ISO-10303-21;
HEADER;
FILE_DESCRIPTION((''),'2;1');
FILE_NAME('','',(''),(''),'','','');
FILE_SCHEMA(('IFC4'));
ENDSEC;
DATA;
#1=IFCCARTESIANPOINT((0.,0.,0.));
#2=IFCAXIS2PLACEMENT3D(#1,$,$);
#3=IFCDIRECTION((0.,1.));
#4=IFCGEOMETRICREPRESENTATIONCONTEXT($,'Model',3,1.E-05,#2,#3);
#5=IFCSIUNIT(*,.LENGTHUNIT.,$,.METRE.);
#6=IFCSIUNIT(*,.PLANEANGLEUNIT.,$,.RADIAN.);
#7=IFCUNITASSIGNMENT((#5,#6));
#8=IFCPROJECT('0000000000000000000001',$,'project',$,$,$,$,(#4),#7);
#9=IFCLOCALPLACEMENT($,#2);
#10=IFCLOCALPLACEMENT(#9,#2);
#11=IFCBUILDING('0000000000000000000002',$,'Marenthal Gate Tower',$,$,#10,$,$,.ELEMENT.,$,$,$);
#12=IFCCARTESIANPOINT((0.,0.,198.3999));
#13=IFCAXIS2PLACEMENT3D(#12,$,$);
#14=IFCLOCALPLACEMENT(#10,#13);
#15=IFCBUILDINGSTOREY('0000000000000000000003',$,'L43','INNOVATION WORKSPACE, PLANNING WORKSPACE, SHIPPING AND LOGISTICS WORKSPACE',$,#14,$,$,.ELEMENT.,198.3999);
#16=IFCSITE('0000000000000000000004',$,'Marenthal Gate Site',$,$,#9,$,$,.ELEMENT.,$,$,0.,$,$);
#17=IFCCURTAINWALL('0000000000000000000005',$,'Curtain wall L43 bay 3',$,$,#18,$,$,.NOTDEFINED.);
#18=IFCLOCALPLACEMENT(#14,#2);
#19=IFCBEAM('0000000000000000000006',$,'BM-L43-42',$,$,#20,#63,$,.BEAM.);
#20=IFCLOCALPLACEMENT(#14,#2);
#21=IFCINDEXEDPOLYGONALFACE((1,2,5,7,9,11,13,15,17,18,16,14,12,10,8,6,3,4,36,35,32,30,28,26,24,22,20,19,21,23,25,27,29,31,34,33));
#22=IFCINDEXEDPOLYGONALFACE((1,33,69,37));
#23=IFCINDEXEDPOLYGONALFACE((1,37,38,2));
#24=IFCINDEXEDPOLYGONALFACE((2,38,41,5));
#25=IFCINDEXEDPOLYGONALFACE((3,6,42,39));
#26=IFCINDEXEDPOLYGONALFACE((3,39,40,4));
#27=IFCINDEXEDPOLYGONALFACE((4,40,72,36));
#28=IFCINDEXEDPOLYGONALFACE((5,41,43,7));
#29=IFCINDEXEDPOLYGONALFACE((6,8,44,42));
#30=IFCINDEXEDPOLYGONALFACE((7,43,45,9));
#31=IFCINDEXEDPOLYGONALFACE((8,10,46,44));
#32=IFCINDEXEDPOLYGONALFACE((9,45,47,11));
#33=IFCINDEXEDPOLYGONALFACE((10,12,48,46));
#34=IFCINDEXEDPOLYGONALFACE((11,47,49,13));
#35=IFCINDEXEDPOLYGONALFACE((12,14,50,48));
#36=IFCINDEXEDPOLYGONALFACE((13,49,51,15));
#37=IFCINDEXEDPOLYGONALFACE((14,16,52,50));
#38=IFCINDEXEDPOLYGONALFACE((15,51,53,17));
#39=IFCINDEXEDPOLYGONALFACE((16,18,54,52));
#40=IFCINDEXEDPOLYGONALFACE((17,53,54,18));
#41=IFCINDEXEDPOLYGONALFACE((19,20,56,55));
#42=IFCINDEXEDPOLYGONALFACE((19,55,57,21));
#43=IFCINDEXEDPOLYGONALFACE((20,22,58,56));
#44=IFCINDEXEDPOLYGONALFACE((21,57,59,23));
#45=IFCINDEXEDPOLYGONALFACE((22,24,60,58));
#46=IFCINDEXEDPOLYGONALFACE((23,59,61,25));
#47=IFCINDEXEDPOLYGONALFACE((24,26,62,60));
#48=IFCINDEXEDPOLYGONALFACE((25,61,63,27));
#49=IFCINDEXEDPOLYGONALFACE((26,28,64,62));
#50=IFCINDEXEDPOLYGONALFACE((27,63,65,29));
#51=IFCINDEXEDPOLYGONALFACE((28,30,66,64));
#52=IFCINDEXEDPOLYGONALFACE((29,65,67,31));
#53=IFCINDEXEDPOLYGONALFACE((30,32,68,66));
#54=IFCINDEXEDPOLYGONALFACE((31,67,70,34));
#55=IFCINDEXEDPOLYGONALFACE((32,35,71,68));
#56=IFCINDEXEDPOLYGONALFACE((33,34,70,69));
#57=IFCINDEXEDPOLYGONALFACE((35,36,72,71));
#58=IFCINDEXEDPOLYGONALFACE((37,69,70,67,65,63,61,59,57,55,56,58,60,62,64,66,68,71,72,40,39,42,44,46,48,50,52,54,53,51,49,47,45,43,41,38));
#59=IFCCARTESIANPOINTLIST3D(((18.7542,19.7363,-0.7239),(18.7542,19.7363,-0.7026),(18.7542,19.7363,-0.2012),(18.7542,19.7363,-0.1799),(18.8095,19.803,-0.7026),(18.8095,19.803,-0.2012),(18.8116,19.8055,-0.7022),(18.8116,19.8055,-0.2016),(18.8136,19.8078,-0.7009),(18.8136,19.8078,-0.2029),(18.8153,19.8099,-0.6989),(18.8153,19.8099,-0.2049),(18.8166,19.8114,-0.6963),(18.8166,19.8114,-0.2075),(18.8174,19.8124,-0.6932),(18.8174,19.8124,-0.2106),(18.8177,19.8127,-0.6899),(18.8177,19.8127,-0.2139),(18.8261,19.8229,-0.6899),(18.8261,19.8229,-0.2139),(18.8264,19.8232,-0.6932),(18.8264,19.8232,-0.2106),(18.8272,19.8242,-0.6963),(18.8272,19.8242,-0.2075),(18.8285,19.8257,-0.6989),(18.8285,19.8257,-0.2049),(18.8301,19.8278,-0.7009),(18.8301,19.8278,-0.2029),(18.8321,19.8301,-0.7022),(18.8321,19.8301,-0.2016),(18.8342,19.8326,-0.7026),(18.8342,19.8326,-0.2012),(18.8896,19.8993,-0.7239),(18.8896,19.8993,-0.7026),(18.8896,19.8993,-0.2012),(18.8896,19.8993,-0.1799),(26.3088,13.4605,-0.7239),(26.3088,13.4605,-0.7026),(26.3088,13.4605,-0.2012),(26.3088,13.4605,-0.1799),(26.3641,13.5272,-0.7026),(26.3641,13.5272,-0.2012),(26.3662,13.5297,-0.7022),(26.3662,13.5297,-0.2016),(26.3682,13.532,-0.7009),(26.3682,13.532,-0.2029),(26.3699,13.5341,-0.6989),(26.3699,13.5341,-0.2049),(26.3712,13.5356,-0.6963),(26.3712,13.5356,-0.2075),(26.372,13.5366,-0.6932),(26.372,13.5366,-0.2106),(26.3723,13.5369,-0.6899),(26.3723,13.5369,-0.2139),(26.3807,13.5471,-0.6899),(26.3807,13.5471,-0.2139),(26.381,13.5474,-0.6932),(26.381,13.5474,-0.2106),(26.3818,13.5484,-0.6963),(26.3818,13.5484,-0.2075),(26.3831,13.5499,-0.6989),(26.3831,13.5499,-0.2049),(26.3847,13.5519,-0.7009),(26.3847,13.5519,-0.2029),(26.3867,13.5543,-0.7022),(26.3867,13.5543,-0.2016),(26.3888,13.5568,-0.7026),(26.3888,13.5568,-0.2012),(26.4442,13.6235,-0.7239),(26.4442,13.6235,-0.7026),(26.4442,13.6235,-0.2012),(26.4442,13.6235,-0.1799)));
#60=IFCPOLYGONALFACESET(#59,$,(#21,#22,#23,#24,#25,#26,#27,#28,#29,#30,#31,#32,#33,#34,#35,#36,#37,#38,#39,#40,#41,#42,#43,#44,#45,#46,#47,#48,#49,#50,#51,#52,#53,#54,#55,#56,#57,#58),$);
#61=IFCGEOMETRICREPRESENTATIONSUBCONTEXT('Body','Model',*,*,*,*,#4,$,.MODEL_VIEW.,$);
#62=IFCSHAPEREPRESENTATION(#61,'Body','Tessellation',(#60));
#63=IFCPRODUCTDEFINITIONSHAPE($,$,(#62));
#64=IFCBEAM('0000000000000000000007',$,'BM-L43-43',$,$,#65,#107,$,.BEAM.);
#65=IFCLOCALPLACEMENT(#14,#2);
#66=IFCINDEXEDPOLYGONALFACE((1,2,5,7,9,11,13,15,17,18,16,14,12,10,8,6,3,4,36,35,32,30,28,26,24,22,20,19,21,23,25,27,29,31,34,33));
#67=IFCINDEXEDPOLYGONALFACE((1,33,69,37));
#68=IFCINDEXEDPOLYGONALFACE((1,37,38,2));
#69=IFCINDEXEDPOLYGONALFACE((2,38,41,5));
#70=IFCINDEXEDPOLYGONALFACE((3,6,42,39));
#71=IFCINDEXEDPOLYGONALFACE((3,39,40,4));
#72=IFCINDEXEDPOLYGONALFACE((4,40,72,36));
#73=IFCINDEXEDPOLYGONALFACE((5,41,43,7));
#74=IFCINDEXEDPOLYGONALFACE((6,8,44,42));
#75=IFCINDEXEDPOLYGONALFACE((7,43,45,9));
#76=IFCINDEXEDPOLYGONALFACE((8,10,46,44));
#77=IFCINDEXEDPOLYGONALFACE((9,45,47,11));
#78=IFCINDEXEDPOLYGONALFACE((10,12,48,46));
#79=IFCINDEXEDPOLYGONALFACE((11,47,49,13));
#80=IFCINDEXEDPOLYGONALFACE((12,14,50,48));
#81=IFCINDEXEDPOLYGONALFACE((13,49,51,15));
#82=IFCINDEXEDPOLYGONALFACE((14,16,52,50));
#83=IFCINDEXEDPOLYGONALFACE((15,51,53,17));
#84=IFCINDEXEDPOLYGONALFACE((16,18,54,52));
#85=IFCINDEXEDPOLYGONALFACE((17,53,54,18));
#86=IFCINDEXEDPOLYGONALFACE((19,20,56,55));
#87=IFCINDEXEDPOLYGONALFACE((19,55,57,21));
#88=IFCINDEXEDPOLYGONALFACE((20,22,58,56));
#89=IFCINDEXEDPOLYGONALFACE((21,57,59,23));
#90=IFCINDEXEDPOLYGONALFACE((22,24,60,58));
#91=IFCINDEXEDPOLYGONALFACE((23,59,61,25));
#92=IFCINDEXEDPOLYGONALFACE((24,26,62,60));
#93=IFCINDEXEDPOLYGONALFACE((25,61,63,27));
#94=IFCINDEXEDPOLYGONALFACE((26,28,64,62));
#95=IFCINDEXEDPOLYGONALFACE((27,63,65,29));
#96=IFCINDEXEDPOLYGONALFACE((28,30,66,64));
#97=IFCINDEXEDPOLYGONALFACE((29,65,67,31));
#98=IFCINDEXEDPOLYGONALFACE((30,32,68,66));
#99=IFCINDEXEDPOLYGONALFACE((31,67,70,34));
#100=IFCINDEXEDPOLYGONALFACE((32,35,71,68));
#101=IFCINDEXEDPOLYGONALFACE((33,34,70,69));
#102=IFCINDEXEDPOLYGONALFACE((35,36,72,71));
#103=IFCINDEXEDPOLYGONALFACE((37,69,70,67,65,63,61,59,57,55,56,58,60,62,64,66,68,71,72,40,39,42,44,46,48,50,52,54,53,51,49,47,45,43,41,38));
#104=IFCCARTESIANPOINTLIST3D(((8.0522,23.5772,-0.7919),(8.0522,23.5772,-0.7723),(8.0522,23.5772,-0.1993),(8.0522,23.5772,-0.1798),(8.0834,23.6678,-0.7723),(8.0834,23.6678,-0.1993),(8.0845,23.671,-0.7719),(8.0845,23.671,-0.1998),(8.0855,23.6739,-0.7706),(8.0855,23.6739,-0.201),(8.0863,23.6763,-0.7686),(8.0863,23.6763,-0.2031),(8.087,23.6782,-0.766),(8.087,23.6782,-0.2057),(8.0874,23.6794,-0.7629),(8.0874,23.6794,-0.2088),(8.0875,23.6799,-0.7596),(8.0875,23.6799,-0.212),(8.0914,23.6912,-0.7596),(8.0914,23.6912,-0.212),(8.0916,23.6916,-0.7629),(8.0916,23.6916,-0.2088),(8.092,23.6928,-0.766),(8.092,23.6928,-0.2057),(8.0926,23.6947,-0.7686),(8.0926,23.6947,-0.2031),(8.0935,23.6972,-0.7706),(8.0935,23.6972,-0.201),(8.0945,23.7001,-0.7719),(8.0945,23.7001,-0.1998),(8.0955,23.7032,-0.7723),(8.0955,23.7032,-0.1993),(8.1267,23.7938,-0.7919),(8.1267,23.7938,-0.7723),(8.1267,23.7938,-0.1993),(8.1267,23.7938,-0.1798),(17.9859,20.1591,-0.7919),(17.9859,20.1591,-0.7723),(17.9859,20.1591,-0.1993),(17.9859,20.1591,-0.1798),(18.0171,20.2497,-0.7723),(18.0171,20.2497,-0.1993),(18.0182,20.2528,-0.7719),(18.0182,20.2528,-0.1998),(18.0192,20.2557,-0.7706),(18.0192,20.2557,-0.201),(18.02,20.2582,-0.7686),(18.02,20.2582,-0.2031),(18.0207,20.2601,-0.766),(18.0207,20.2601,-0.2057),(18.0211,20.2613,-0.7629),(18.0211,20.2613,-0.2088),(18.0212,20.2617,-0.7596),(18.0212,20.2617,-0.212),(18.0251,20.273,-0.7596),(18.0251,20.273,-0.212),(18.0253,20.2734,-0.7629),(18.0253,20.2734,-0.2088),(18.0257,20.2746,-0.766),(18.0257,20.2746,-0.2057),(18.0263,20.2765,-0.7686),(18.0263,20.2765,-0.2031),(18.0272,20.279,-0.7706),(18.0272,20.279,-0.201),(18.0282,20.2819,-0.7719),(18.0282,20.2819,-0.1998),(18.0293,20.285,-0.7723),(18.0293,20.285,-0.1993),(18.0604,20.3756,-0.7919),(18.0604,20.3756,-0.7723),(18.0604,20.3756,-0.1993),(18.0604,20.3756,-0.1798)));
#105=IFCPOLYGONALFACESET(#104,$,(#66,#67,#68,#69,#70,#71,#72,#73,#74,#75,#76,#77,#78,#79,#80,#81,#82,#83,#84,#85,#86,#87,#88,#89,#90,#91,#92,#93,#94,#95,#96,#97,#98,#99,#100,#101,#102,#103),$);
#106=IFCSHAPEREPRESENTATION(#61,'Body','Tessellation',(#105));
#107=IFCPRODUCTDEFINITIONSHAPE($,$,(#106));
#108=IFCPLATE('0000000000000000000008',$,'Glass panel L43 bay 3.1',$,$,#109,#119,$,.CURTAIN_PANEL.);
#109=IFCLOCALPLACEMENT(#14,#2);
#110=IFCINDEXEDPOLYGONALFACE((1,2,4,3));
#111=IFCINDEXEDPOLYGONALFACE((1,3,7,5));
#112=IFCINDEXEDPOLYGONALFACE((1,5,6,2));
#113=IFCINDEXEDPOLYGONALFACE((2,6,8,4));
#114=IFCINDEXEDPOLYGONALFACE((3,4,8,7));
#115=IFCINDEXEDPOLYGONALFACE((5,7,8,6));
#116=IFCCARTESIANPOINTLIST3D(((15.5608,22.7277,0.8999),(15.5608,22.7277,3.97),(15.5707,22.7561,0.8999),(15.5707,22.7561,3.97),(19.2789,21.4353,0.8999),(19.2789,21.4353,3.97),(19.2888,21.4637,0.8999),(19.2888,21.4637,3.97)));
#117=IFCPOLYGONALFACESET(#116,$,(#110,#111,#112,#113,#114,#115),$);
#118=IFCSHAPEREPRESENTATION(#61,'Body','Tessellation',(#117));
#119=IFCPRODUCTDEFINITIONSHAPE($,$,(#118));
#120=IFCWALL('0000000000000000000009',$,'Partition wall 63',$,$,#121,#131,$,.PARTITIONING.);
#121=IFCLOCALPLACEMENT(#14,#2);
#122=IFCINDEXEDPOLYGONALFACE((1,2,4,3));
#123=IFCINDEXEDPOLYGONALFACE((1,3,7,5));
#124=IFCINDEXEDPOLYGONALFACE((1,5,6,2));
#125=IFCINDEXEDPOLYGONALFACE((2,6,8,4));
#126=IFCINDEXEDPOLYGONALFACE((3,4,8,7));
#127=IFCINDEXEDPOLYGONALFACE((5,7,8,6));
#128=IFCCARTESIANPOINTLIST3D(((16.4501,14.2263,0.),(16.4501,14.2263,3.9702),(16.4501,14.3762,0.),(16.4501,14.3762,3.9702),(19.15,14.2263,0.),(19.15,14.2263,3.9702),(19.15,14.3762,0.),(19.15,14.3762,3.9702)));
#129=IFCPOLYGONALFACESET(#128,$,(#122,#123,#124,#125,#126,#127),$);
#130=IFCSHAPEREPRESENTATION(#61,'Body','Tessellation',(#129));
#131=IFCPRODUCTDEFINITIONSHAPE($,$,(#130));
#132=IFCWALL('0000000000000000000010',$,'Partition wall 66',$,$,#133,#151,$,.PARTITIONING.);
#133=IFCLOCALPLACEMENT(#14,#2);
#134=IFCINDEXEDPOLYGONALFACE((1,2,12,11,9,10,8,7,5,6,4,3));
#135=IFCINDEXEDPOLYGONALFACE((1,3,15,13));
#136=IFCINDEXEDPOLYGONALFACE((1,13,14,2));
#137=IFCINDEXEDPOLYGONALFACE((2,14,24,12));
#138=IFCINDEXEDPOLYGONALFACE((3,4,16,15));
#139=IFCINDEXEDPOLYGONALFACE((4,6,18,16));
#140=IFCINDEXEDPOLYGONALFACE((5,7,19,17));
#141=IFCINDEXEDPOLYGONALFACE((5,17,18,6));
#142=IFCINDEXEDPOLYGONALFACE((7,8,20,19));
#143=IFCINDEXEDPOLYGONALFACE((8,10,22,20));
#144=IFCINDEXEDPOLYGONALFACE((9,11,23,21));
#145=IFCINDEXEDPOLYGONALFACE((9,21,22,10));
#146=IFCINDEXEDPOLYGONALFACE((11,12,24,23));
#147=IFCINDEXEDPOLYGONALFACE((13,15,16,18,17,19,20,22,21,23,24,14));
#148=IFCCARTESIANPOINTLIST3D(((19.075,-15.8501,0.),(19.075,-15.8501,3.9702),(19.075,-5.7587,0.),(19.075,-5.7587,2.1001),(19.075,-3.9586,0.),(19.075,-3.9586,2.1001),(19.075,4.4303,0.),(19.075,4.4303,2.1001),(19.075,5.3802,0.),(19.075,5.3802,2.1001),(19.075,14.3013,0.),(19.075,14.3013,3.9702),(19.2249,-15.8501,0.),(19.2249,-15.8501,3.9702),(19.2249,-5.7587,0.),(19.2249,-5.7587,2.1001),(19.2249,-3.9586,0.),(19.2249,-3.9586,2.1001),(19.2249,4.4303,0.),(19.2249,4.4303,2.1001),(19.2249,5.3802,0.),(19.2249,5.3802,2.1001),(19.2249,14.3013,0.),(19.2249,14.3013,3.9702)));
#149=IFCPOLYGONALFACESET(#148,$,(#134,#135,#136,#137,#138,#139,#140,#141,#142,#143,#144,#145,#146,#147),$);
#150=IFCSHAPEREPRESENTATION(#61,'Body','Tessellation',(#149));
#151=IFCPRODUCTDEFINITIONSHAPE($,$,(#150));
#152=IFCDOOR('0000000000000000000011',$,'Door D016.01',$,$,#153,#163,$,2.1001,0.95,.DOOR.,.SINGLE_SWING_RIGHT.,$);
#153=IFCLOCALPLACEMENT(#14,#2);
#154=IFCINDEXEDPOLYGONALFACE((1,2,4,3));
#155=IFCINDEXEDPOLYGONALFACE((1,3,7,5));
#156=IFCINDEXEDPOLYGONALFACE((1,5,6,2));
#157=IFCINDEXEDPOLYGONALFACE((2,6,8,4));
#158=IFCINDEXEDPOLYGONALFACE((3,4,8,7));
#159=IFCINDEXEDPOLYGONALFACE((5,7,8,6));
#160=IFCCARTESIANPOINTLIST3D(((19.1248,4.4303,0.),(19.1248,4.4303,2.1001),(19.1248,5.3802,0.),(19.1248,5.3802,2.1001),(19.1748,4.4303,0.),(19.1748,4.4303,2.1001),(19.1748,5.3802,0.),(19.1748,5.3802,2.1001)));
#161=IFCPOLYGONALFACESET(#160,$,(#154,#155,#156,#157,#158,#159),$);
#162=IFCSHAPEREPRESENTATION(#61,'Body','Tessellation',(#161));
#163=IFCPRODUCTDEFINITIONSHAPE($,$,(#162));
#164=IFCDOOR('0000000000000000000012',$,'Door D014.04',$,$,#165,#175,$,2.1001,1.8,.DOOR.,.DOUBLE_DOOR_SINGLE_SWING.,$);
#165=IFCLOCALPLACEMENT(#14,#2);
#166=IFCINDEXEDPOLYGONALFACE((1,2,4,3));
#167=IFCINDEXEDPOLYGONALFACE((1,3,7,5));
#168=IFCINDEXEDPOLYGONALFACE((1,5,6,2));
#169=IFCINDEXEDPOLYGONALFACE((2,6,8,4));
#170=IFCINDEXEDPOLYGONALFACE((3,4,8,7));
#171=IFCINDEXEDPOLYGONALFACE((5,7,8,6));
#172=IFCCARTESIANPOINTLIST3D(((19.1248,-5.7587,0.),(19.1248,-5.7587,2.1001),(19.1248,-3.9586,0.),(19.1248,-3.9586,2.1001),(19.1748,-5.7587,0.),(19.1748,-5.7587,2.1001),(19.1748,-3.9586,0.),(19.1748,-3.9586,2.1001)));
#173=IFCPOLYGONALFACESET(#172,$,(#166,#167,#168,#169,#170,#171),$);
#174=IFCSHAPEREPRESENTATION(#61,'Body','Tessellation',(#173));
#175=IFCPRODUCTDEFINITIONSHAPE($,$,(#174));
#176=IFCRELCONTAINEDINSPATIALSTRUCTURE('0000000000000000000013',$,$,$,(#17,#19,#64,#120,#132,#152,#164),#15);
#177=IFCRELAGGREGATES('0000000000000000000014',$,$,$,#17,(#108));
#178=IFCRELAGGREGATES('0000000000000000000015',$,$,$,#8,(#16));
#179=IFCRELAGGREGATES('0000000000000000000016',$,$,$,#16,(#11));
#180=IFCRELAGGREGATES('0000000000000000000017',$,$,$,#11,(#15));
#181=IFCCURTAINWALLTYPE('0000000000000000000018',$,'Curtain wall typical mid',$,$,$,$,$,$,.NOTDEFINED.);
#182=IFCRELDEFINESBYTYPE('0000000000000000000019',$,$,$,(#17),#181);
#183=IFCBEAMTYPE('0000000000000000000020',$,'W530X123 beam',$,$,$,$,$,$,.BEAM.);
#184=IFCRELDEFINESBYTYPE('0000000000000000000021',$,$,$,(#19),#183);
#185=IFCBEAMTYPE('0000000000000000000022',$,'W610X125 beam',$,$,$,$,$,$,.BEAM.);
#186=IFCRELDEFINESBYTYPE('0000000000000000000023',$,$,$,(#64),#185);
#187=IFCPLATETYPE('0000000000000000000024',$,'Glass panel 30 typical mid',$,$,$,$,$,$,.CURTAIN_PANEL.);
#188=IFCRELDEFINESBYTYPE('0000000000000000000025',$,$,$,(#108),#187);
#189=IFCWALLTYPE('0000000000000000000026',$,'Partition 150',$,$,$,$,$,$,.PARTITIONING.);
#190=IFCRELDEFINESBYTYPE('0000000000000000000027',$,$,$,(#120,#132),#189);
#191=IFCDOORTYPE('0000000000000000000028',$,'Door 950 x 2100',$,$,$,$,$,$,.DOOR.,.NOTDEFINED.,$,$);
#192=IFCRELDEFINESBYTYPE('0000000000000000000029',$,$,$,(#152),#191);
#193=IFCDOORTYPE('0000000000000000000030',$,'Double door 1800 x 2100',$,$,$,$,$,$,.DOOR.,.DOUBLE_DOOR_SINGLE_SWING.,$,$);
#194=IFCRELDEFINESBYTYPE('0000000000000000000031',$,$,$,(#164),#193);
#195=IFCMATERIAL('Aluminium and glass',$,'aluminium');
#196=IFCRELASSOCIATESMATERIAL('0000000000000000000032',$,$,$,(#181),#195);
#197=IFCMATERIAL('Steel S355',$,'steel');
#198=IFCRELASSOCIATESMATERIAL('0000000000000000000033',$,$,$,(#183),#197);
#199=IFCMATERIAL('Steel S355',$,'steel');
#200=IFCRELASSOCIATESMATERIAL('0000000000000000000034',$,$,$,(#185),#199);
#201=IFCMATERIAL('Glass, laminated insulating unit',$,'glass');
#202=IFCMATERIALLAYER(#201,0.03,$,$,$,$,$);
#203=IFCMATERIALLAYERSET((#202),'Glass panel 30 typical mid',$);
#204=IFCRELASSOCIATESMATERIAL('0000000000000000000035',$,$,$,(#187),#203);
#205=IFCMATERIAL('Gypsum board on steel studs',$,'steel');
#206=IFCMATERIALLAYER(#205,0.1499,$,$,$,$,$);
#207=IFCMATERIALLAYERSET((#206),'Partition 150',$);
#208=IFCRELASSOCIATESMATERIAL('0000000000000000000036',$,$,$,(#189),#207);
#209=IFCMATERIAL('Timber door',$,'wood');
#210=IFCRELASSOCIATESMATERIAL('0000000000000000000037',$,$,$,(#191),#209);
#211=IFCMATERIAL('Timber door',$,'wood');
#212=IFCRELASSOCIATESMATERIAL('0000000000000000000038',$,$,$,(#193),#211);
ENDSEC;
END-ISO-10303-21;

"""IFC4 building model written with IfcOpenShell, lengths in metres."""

from ifc_helpers import new_model, si_unit, direction, frame, frame_2d, origin, origin_2d, place, context, subcontext, project, spatial, rectangle, i_section, extrude, material, layer, layer_set, material_profile, profile_set, type_object, element, fill, aggregate, save


model = new_model("IFC4")

# Units and contexts
model_context = context("Model", 3, precision=1e-05, world=origin(), true_north=direction((0.0, 1.0)))
body_context = subcontext(model_context, "Body", "Model", "MODEL_VIEW")
ifc_project = project(units=[si_unit("LENGTHUNIT", "METRE"), si_unit("PLANEANGLEUNIT", "RADIAN")], contexts=[model_context])

# Site, building, storey
site_placement = place(None, origin())
site = spatial("IfcSite", under=ifc_project, at=site_placement, Name="Marenthal Gate Site", CompositionType="ELEMENT", RefElevation=0.0)
building_placement = place(site_placement, origin())
building = spatial("IfcBuilding", under=site, at=building_placement, Name="Marenthal Gate Tower", CompositionType="ELEMENT")
storey_placement = place(building_placement, frame((0.0, 0.0, 198.3999)))
storey = spatial("IfcBuildingStorey", under=building, at=storey_placement, Name="L43", Description="INNOVATION WORKSPACE, PLANNING WORKSPACE, SHIPPING AND LOGISTICS WORKSPACE", CompositionType="ELEMENT", Elevation=198.3999)

# Shared definitions
ifc_material_1 = material(Name="Aluminium and glass", Category="aluminium")
curtain_wall_type = type_object("IfcCurtainWallType", Name="Curtain wall typical mid", PredefinedType="NOTDEFINED", material=ifc_material_1)

# Curtain wall
curtain_wall_1_placement = place(storey_placement, origin())
curtain_wall_1 = element("IfcCurtainWall", 1, at=curtain_wall_1_placement, inside=storey, type_object=curtain_wall_type, Name="Curtain wall L43 bay 3", PredefinedType="NOTDEFINED")

# Beams
ifc_material_2 = material(Name="Steel S355", Category="steel")
ifc_material_profile_1 = material_profile(ifc_material_2, i_section(OverallWidth=0.2119, OverallDepth=0.5439, WebThickness=0.0132, FlangeThickness=0.0212, FilletRadius=0.0127, at=origin_2d()), Name="W530X123")
ifc_profile_set_1 = profile_set([ifc_material_profile_1], Name="Steel S355")
beam_type_1 = type_object("IfcBeamType", Name="W530X123 beam", PredefinedType="BEAM", material=ifc_profile_set_1)
beam_1_placement = place(storey_placement, frame((26.3765, 13.542, -0.4519), z_axis=(-0.769207, 0.639, 0.0), x_axis=(-0.639, -0.769207, 0.0)))
element("IfcBeam", 2, at=beam_1_placement, inside=storey, type_object=beam_type_1, Name="BM-L43-42", PredefinedType="BEAM", context=body_context, shape_type="SweptSolid", body=[
    extrude(i_section(OverallWidth=0.2119, OverallDepth=0.5439, WebThickness=0.0132, FlangeThickness=0.0212, FilletRadius=0.0127, at=origin_2d()), origin(), (0.0, 0.0, 1.0), 9.8213),
])
ifc_material_3 = material(Name="Steel S355", Category="steel")
ifc_material_profile_2 = material_profile(ifc_material_3, i_section(OverallWidth=0.229, OverallDepth=0.6121, WebThickness=0.012, FlangeThickness=0.0195, FilletRadius=0.0127, at=origin_2d()), Name="W610X125")
ifc_profile_set_2 = profile_set([ifc_material_profile_2], Name="Steel S355")
beam_type_2 = type_object("IfcBeamType", Name="W610X125 beam", PredefinedType="BEAM", material=ifc_profile_set_2)
beam_2_placement = place(storey_placement, frame((18.0232, 20.2673, -0.4858), z_axis=(-0.945585, 0.325374, 0.0), x_axis=(-0.325374, -0.945585, 0.0)))
element("IfcBeam", 3, at=beam_2_placement, inside=storey, type_object=beam_type_2, Name="BM-L43-43", PredefinedType="BEAM", context=body_context, shape_type="SweptSolid", body=[
    extrude(i_section(OverallWidth=0.229, OverallDepth=0.6121, WebThickness=0.012, FlangeThickness=0.0195, FilletRadius=0.0127, at=origin_2d()), origin(), (0.0, 0.0, 1.0), 10.5054),
])

# Plate
ifc_material_4 = material(Name="Glass, laminated insulating unit", Category="glass")
ifc_layer_1 = layer(ifc_material_4, 0.03)
ifc_layer_set_1 = layer_set([ifc_layer_1], Name="Glass panel 30 typical mid")
plate_type = type_object("IfcPlateType", Name="Glass panel 30 typical mid", PredefinedType="CURTAIN_PANEL", material=ifc_layer_set_1)
plate_placement = place(storey_placement, frame((17.4248, 22.0957, 0.8999), z_axis=(0.0, 0.0, 1.0), x_axis=(-0.944562, 0.328332, 0.0)))
plate = element("IfcPlate", 4, at=plate_placement, type_object=plate_type, Name="Glass panel L43 bay 3.1", PredefinedType="CURTAIN_PANEL", context=body_context, shape_type="SweptSolid", body=[
    extrude(rectangle(XDim=3.9363, YDim=0.03, at=origin_2d()), origin(), (0.0, 0.0, 1.0), 3.0701),
])
aggregate(curtain_wall_1, [plate])

# Wall
ifc_material_5 = material(Name="Gypsum board on steel studs", Category="steel")
ifc_layer_2 = layer(ifc_material_5, 0.1499)
ifc_layer_set_2 = layer_set([ifc_layer_2], Name="Partition 150")
wall_type_1 = type_object("IfcWallType", Name="Partition 150", PredefinedType="PARTITIONING", material=ifc_layer_set_2)
wall_1_placement = place(storey_placement, frame((16.45, 14.3013, 0.0), z_axis=(0.0, 0.0, 1.0), x_axis=(1.0, 0.0, 0.0)))
element("IfcWall", 5, at=wall_1_placement, inside=storey, type_object=wall_type_1, Name="Partition wall 63", PredefinedType="PARTITIONING", context=body_context, shape_type="SweptSolid", body=[
    extrude(rectangle(XDim=2.7, YDim=0.1499, at=frame_2d((1.3501, 0.0))), origin(), (0.0, 0.0, 1.0), 3.9702),
])

# Wall, openings, doors
wall_2_placement = place(storey_placement, frame((19.1499, 14.3013, 0.0), z_axis=(0.0, 0.0, 1.0), x_axis=(0.0, -1.0, 0.0)))
wall_2 = element("IfcWall", 6, at=wall_2_placement, inside=storey, type_object=wall_type_1, Name="Partition wall 66", PredefinedType="PARTITIONING", context=body_context, shape_type="SweptSolid", body=[
    extrude(rectangle(XDim=30.1514, YDim=0.1499, at=frame_2d((15.0757, 0.0))), origin(), (0.0, 0.0, 1.0), 3.9702),
])
opening_1_placement = place(wall_2_placement, frame((8.9209, 0.0, 0.0)))
opening_1 = element("IfcOpeningElement", 7, at=opening_1_placement, cuts=wall_2, PredefinedType="OPENING", context=body_context, shape_type="SweptSolid", body=[
    extrude(rectangle(XDim=0.95, YDim=2.1001, at=frame_2d((0.4751, 1.05))), frame((0.0, 0.085, 0.0), z_axis=(0.0, -1.0, 0.0), x_axis=(1.0, 0.0, 0.0)), (0.0, 0.0, 1.0), 0.1699),
])
opening_2_placement = place(wall_2_placement, frame((18.26, 0.0, 0.0)))
opening_2 = element("IfcOpeningElement", 8, at=opening_2_placement, cuts=wall_2, PredefinedType="OPENING", context=body_context, shape_type="SweptSolid", body=[
    extrude(rectangle(XDim=1.8, YDim=2.1001, at=frame_2d((0.8999, 1.05))), frame((0.0, 0.085, 0.0), z_axis=(0.0, -1.0, 0.0), x_axis=(1.0, 0.0, 0.0)), (0.0, 0.0, 1.0), 0.1699),
])
ifc_material_6 = material(Name="Timber door", Category="wood")
door_type_1 = type_object("IfcDoorType", Name="Door 950 x 2100", OperationType="NOTDEFINED", PredefinedType="DOOR", material=ifc_material_6)
door_1_placement = place(opening_1_placement, origin())
door_1 = element("IfcDoor", 9, at=door_1_placement, inside=storey, type_object=door_type_1, Name="Door D016.01", OperationType="SINGLE_SWING_RIGHT", OverallHeight=2.1001, OverallWidth=0.95, PredefinedType="DOOR", context=body_context, shape_type="SweptSolid", body=[
    extrude(rectangle(XDim=0.95, YDim=2.1001, at=frame_2d((0.4751, 1.05))), frame((0.0, 0.0249, 0.0), z_axis=(0.0, -1.0, 0.0), x_axis=(1.0, 0.0, 0.0)), (0.0, 0.0, 1.0), 0.05),
])
fill(opening_1, door_1)
ifc_material_7 = material(Name="Timber door", Category="wood")
door_type_2 = type_object("IfcDoorType", Name="Double door 1800 x 2100", OperationType="DOUBLE_DOOR_SINGLE_SWING", PredefinedType="DOOR", material=ifc_material_7)
door_2_placement = place(opening_2_placement, origin())
door_2 = element("IfcDoor", 10, at=door_2_placement, inside=storey, type_object=door_type_2, Name="Door D014.04", OperationType="DOUBLE_DOOR_SINGLE_SWING", OverallHeight=2.1001, OverallWidth=1.8, PredefinedType="DOOR", context=body_context, shape_type="SweptSolid", body=[
    extrude(rectangle(XDim=1.8, YDim=2.1001, at=frame_2d((0.8999, 1.05))), frame((0.0, 0.0249, 0.0), z_axis=(0.0, -1.0, 0.0), x_axis=(1.0, 0.0, 0.0)), (0.0, 0.0, 1.0), 0.05),
])
fill(opening_2, door_2)

save(model, "model.ifc")
